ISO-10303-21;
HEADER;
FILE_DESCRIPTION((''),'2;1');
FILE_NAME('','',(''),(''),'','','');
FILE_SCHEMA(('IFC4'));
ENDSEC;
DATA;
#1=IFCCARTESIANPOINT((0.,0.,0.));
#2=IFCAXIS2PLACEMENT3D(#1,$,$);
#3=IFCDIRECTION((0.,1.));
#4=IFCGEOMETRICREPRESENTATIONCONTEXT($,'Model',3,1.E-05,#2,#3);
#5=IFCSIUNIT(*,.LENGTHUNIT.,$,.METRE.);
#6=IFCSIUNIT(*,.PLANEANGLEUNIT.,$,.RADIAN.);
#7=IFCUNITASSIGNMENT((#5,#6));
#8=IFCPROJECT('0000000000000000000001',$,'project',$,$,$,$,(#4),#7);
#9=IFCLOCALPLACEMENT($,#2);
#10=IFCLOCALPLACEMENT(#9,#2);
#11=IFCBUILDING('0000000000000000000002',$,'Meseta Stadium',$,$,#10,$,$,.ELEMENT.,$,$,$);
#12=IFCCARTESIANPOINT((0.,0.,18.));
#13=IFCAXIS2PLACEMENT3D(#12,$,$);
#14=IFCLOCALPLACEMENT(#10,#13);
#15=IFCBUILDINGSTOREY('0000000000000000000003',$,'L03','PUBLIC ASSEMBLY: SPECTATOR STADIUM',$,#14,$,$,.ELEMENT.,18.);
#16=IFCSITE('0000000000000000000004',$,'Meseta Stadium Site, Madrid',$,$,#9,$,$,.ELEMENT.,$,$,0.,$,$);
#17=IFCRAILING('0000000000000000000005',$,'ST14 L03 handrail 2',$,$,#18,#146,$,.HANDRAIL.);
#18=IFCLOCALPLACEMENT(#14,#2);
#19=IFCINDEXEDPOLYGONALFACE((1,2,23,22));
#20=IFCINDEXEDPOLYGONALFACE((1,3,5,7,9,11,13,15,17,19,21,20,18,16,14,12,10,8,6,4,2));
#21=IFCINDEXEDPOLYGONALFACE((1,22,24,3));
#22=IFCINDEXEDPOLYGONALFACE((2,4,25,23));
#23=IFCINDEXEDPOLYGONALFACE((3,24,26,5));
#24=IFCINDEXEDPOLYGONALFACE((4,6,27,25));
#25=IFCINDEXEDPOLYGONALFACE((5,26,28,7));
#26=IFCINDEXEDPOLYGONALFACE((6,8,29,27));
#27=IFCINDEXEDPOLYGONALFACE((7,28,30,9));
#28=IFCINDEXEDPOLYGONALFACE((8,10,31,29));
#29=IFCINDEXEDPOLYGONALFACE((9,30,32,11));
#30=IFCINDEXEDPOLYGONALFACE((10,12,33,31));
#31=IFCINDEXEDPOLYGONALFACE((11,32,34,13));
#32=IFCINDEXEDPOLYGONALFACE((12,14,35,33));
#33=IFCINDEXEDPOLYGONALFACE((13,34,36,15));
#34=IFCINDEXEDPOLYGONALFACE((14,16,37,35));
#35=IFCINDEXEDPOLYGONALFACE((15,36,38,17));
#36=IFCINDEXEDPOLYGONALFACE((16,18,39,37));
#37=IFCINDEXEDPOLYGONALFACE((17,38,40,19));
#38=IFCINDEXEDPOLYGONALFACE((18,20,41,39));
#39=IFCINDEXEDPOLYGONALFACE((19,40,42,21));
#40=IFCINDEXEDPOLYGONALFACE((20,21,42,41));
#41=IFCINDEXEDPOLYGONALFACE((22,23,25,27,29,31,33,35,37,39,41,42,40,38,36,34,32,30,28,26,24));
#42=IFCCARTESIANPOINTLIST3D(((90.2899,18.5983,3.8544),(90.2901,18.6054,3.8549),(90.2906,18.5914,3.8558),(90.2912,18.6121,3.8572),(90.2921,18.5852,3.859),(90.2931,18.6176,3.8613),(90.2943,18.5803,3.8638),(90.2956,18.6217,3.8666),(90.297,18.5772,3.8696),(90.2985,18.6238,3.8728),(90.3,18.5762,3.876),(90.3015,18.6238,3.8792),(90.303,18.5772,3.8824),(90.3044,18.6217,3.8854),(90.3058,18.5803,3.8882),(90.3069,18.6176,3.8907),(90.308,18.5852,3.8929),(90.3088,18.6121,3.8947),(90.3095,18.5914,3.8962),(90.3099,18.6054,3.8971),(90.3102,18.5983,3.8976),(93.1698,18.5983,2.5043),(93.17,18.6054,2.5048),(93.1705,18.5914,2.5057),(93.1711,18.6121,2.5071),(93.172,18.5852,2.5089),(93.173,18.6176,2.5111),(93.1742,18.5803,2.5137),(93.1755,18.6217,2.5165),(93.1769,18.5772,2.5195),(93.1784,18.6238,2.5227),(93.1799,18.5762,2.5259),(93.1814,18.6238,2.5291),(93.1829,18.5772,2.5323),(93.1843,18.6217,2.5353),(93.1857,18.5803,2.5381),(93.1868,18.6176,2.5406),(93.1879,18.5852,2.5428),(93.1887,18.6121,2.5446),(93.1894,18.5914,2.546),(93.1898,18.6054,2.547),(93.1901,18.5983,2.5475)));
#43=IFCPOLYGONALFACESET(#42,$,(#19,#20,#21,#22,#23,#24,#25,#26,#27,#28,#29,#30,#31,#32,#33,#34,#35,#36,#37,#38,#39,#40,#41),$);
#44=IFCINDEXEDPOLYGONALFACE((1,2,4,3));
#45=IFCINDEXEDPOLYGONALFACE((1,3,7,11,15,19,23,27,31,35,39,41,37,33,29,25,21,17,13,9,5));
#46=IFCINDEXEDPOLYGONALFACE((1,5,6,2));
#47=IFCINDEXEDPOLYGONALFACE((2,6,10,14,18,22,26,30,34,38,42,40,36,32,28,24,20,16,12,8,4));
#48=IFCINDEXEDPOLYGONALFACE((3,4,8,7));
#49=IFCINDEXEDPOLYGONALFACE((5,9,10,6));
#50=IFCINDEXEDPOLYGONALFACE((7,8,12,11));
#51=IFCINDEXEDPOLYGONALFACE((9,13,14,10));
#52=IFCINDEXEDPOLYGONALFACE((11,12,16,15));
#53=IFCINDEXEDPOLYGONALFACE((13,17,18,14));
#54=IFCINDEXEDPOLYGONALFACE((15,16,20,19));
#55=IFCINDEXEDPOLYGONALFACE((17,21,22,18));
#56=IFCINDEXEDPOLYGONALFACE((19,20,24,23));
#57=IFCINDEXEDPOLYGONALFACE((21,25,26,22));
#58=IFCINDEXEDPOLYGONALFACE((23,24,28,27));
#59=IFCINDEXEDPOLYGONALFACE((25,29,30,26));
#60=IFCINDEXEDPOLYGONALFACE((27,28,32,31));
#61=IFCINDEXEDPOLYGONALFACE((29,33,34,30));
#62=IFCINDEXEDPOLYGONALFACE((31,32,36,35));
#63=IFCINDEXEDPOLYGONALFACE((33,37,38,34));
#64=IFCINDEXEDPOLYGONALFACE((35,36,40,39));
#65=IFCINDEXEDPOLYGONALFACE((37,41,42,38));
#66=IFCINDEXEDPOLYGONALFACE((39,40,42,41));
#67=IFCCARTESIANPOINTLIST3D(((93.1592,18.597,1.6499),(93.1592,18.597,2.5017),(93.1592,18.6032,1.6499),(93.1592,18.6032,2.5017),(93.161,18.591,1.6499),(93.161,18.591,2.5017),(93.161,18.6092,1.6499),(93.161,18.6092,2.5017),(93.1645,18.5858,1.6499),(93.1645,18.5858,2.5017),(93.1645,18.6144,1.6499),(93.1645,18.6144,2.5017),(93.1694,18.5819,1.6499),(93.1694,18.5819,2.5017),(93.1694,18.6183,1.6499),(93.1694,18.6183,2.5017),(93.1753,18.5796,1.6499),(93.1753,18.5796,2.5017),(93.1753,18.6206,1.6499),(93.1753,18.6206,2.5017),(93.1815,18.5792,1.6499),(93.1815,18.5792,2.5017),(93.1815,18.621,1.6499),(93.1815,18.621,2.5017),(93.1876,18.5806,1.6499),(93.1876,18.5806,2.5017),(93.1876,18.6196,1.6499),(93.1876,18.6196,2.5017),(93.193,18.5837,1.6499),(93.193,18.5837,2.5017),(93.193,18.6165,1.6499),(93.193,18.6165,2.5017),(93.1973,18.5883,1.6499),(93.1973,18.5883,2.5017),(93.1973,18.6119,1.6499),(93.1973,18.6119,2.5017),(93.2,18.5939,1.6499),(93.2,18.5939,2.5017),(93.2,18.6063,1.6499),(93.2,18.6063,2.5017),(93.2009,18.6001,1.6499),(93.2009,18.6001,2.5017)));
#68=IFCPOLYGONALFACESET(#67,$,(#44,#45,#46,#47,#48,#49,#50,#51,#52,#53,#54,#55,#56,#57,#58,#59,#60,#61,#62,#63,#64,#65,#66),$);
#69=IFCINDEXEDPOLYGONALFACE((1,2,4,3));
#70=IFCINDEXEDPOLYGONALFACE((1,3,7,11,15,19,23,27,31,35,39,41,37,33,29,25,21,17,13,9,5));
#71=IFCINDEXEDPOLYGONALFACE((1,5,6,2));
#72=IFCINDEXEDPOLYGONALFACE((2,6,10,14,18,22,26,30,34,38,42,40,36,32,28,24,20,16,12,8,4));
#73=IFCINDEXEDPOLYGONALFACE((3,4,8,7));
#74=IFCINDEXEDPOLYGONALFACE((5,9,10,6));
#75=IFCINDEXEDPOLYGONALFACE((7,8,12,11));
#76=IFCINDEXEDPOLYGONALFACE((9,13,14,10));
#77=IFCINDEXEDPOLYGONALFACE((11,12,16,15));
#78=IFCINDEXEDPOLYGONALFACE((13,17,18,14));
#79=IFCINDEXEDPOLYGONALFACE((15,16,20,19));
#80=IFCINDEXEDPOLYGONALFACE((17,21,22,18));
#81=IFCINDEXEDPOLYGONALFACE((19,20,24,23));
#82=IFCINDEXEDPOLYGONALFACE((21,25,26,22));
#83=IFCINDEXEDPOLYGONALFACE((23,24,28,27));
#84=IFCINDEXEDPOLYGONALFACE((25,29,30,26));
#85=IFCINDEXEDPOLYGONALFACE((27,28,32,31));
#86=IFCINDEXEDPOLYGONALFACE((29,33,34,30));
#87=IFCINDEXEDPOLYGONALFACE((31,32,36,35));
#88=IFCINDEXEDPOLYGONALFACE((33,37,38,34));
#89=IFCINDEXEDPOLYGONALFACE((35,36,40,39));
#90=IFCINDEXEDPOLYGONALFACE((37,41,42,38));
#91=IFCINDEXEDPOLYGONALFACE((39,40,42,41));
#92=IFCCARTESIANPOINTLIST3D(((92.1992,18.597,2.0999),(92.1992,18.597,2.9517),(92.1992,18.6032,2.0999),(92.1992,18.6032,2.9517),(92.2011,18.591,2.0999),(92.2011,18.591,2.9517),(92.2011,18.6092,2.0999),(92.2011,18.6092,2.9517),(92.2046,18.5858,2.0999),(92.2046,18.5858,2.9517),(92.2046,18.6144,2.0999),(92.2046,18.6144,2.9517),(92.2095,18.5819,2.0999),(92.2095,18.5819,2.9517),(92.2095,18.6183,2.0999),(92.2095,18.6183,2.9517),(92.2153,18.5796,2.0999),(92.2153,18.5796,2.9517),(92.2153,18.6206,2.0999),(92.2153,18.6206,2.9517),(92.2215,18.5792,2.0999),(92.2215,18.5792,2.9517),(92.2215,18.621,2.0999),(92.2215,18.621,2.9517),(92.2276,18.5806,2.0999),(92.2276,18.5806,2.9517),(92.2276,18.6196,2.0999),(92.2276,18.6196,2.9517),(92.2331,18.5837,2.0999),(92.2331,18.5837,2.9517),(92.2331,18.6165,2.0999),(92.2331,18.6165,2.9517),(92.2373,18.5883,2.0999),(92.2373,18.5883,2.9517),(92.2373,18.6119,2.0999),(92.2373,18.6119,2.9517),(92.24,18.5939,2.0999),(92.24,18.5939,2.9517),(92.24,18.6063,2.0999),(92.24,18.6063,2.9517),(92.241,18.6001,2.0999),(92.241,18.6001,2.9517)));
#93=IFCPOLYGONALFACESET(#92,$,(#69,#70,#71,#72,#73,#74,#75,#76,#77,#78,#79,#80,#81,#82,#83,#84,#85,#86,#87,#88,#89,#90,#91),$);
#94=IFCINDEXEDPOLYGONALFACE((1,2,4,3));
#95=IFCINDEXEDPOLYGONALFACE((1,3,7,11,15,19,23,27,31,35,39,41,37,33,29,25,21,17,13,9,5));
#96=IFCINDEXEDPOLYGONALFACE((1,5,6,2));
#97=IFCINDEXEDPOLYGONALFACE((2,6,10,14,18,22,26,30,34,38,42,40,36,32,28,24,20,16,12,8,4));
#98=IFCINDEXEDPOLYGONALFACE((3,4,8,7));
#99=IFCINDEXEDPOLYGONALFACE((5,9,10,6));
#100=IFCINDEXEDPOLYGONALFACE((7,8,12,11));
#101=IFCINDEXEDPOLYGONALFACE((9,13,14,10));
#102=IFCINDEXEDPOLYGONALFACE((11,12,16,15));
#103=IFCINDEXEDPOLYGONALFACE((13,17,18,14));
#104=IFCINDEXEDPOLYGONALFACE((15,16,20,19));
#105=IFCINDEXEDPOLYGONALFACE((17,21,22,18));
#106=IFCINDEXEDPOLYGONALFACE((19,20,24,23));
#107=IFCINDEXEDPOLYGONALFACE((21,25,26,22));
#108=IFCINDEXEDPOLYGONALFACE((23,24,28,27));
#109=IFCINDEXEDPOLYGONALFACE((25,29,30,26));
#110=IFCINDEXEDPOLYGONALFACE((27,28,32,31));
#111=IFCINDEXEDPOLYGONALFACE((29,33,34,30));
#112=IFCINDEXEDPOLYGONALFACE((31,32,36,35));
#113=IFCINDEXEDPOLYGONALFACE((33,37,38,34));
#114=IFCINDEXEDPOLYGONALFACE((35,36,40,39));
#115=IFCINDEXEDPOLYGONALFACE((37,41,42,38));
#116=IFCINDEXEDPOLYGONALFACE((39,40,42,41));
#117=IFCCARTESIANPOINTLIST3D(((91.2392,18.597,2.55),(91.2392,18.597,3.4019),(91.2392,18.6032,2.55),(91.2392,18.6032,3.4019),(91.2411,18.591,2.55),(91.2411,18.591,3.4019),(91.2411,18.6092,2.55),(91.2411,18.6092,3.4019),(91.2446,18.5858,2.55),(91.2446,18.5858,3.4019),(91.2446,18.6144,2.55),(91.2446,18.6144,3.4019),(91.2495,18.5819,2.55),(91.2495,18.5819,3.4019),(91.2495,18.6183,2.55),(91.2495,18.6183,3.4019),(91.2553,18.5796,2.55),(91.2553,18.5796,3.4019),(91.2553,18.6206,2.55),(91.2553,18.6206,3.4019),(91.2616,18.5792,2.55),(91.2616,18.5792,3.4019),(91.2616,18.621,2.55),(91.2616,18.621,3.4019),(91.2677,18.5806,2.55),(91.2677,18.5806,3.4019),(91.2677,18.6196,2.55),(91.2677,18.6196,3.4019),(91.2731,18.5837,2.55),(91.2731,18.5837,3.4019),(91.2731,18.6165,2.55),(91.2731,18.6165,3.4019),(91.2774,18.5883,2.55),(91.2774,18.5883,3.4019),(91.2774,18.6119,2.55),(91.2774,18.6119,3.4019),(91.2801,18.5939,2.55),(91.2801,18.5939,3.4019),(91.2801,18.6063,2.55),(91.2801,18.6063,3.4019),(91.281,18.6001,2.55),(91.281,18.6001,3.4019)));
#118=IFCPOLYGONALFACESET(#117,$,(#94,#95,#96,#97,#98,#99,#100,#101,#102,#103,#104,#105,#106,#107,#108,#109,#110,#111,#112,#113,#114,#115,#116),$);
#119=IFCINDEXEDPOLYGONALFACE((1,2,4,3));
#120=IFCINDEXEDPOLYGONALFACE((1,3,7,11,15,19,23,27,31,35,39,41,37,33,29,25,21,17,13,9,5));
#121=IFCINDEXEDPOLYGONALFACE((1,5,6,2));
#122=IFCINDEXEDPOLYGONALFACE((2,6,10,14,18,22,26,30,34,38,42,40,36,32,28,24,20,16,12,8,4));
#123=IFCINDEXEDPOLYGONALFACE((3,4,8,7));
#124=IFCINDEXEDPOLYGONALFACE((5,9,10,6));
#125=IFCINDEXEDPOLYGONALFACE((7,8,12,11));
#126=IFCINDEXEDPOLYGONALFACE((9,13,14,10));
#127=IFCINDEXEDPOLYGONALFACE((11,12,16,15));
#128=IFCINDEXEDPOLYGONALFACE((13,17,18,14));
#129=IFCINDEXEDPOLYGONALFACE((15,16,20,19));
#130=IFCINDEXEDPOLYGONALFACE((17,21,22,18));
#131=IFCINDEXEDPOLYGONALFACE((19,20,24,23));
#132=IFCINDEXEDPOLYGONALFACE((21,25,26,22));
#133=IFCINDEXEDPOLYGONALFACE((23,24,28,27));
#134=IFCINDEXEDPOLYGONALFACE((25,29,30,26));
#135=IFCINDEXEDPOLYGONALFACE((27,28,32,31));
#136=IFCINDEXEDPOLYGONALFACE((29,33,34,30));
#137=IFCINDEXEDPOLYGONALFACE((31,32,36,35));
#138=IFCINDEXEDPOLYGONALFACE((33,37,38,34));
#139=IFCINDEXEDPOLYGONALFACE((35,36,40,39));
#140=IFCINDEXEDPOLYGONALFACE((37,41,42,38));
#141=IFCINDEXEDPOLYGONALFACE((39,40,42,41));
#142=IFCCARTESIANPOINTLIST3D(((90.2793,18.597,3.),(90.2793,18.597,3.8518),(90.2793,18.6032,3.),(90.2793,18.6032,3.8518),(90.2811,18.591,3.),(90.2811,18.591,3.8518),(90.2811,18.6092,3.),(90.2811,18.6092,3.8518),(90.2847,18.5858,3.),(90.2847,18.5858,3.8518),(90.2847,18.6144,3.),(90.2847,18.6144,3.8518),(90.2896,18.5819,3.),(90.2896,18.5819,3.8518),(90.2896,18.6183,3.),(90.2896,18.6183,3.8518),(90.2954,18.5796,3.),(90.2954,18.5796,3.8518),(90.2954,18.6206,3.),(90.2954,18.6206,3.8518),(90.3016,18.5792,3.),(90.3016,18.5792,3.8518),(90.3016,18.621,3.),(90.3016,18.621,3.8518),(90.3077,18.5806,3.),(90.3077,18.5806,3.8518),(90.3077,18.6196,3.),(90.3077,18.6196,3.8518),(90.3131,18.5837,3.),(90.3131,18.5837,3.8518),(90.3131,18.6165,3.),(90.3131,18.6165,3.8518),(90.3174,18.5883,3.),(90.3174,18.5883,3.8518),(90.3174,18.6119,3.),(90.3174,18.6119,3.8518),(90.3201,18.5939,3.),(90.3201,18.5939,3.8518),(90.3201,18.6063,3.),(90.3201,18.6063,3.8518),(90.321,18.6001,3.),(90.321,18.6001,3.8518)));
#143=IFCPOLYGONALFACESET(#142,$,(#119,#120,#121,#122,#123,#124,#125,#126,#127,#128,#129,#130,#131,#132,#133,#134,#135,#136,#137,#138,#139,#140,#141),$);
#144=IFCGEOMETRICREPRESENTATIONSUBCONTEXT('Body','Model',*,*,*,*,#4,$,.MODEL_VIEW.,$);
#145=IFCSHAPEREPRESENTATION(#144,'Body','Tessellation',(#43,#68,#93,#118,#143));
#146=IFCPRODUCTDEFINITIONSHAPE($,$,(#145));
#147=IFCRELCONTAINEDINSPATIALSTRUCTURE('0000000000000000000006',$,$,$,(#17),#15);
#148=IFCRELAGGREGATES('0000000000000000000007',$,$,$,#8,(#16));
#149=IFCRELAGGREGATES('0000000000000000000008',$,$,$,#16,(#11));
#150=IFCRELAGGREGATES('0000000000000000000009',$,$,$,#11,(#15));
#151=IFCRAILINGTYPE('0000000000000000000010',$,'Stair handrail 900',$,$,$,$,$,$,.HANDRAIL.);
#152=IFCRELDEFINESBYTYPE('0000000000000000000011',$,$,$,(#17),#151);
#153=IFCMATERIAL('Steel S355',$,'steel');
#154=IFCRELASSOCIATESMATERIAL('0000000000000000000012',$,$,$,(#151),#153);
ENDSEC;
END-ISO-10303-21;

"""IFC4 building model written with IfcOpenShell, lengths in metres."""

from ifc_helpers import new_model, si_unit, direction, frame, origin, origin_2d, place, context, subcontext, project, spatial, circle, extrude, material, type_object, element, save


model = new_model("IFC4")

# Units and contexts
model_context = context("Model", 3, precision=1e-05, world=origin(), true_north=direction((0.0, 1.0)))
body_context = subcontext(model_context, "Body", "Model", "MODEL_VIEW")
ifc_project = project(units=[si_unit("LENGTHUNIT", "METRE"), si_unit("PLANEANGLEUNIT", "RADIAN")], contexts=[model_context])

# Site, building, storey
site_placement = place(None, origin())
site = spatial("IfcSite", under=ifc_project, at=site_placement, Name="Meseta Stadium Site, Madrid", CompositionType="ELEMENT", RefElevation=0.0)
building_placement = place(site_placement, origin())
building = spatial("IfcBuilding", under=site, at=building_placement, Name="Meseta Stadium", CompositionType="ELEMENT")
storey_placement = place(building_placement, frame((0.0, 0.0, 18.0)))
storey = spatial("IfcBuildingStorey", under=building, at=storey_placement, Name="L03", Description="PUBLIC ASSEMBLY: SPECTATOR STADIUM", CompositionType="ELEMENT", Elevation=18.0)

# Railing
ifc_material_1 = material(Name="Steel S355", Category="steel")
railing_type_1 = type_object("IfcRailingType", Name="Stair handrail 900", PredefinedType="HANDRAIL", material=ifc_material_1)
for number, where, name in (
    (1, (93.1799, 18.6001, 1.6499), "ST14 L03 handrail 2"),
):
    element("IfcRailing", number, at=place(storey_placement, frame(where)), inside=storey, type_object=railing_type_1, Name=name, PredefinedType="HANDRAIL", context=body_context, shape_type="SweptSolid", body=[
        extrude(circle(Radius=0.0239, at=origin_2d()), frame((0.0, 0.0, 0.876), z_axis=(-0.90544, 0.0, 0.424473), x_axis=(0.0, -1.0, 0.0)), (0.0, 0.0, 1.0), 3.1807),
        extrude(circle(Radius=0.021, at=origin_2d()), origin(), (0.0, 0.0, 1.0), 0.8518),
        extrude(circle(Radius=0.021, at=origin_2d()), frame((-0.96, 0.0, 0.45)), (0.0, 0.0, 1.0), 0.8518),
        extrude(circle(Radius=0.021, at=origin_2d()), frame((-1.9199, 0.0, 0.9001)), (0.0, 0.0, 1.0), 0.8518),
        extrude(circle(Radius=0.021, at=origin_2d()), frame((-2.8799, 0.0, 1.3501)), (0.0, 0.0, 1.0), 0.8518),
    ])

save(model, "model.ifc")
